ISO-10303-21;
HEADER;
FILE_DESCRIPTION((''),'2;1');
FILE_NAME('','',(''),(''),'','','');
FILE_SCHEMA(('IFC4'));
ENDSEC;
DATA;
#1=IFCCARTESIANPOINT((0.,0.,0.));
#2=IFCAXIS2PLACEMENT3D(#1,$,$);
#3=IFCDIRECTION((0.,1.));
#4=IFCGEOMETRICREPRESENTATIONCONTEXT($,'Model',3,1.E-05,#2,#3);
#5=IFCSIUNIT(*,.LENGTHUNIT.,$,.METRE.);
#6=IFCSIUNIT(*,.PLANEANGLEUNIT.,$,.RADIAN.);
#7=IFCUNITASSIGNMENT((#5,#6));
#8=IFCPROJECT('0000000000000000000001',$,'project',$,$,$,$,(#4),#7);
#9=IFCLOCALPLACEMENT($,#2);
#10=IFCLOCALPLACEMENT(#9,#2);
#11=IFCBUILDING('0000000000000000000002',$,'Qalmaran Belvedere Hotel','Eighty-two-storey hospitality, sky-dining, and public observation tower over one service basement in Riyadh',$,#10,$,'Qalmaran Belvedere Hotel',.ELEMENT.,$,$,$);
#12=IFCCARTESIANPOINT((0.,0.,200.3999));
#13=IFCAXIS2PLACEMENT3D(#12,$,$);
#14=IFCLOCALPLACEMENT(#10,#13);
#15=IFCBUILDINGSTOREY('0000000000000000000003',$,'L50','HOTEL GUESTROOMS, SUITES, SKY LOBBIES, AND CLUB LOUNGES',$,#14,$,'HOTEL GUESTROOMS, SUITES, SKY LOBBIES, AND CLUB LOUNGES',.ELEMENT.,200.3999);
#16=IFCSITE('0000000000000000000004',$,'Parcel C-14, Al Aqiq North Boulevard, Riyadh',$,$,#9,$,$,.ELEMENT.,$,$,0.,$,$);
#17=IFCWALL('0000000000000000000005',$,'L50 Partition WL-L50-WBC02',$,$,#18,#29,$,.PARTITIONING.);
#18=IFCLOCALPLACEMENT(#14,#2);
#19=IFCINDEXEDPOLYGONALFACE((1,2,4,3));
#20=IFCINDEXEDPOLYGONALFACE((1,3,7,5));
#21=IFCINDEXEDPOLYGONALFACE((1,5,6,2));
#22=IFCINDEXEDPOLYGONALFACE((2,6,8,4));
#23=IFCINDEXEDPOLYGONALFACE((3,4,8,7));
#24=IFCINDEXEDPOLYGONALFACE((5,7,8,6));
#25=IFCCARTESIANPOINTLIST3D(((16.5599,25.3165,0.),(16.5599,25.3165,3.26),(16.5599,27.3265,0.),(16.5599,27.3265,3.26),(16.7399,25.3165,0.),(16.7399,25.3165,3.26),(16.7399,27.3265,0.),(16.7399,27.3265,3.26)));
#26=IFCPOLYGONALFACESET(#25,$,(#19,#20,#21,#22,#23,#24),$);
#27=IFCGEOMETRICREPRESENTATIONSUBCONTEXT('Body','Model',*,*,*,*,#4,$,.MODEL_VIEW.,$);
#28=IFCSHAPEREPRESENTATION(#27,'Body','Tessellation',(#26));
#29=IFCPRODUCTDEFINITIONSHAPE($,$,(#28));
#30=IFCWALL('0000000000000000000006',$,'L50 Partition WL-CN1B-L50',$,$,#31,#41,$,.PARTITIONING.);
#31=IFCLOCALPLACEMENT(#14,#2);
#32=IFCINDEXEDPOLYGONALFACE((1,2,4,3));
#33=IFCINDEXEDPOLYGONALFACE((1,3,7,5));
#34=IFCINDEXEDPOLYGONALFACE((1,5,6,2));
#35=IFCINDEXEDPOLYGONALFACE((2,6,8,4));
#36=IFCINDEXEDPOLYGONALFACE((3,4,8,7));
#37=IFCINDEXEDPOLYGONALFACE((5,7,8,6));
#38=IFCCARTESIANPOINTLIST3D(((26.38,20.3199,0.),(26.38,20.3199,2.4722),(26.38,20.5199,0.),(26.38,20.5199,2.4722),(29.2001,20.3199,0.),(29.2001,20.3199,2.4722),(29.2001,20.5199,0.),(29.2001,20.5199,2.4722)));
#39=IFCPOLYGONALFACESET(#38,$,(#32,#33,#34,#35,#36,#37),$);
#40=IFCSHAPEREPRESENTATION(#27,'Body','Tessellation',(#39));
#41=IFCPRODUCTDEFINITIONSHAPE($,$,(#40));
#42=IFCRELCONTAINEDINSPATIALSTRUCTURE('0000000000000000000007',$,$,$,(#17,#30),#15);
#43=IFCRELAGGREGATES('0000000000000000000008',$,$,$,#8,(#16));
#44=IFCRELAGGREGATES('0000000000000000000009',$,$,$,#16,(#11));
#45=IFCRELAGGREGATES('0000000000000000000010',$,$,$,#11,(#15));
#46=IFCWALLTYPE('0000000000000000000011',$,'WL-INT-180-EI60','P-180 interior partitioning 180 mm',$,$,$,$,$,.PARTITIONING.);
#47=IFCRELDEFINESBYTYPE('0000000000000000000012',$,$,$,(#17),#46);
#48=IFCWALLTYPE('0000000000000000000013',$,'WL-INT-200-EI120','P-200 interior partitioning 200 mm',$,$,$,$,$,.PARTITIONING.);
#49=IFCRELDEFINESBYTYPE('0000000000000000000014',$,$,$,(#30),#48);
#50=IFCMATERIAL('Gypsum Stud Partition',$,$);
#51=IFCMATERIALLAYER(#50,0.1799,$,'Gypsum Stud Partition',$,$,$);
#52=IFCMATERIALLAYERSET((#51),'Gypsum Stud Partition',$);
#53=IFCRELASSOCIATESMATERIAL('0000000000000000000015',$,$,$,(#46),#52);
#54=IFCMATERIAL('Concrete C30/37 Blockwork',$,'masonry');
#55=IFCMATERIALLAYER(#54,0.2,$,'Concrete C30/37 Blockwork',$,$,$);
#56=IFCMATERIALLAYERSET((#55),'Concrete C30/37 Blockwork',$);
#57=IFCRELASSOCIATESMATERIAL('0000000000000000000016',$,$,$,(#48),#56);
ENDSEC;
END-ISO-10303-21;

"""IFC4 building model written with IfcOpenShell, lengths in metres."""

from ifc_helpers import new_model, si_unit, direction, frame, frame_2d, origin, place, context, subcontext, project, spatial, rectangle, extrude, material, layer, layer_set, type_object, element, save


model = new_model("IFC4")

# Units and contexts
model_context = context("Model", 3, precision=1e-05, world=origin(), true_north=direction((0.0, 1.0)))
body_context = subcontext(model_context, "Body", "Model", "MODEL_VIEW")
ifc_project = project(units=[si_unit("LENGTHUNIT", "METRE"), si_unit("PLANEANGLEUNIT", "RADIAN")], contexts=[model_context])

# Site, building, storey
site_placement = place(None, origin())
site = spatial("IfcSite", under=ifc_project, at=site_placement, Name="Parcel C-14, Al Aqiq North Boulevard, Riyadh", CompositionType="ELEMENT", RefElevation=0.0)
building_placement = place(site_placement, origin())
building = spatial("IfcBuilding", under=site, at=building_placement, Name="Qalmaran Belvedere Hotel", Description="Eighty-two-storey hospitality, sky-dining, and public observation tower over one service basement in Riyadh", LongName="Qalmaran Belvedere Hotel", CompositionType="ELEMENT")
storey_placement = place(building_placement, frame((0.0, 0.0, 200.3999)))
storey = spatial("IfcBuildingStorey", under=building, at=storey_placement, Name="L50", Description="HOTEL GUESTROOMS, SUITES, SKY LOBBIES, AND CLUB LOUNGES", LongName="HOTEL GUESTROOMS, SUITES, SKY LOBBIES, AND CLUB LOUNGES", CompositionType="ELEMENT", Elevation=200.3999)

# Shared definitions
ifc_material_1 = material(Name="Gypsum Stud Partition")

# Shared definitions
ifc_layer_1 = layer(ifc_material_1, 0.1799, Name="Gypsum Stud Partition")
ifc_layer_set_1 = layer_set([ifc_layer_1], Name="Gypsum Stud Partition")
wall_type_1 = type_object("IfcWallType", Name="WL-INT-180-EI60", Description="P-180 interior partitioning 180 mm", PredefinedType="PARTITIONING", material=ifc_layer_set_1)

# Wall
wall_1_placement = place(storey_placement, frame((16.6499, 25.3167, 0.0), z_axis=(0.0, 0.0, 1.0), x_axis=(0.0, 1.0, 0.0)))
element("IfcWall", 1, at=wall_1_placement, inside=storey, type_object=wall_type_1, Name="L50 Partition WL-L50-WBC02", PredefinedType="PARTITIONING", context=body_context, shape_type="SweptSolid", body=[
    extrude(rectangle(XDim=2.01, YDim=0.1799, at=frame_2d((1.0049, 0.0))), origin(), (0.0, 0.0, 1.0), 3.26),
])

# Shared definitions
ifc_material_2 = material(Name="Concrete C30/37 Blockwork", Category="masonry")
ifc_layer_2 = layer(ifc_material_2, 0.2, Name="Concrete C30/37 Blockwork")
ifc_layer_set_2 = layer_set([ifc_layer_2], Name="Concrete C30/37 Blockwork")
wall_type_2 = type_object("IfcWallType", Name="WL-INT-200-EI120", Description="P-200 interior partitioning 200 mm", PredefinedType="PARTITIONING", material=ifc_layer_set_2)

# Wall
wall_2_placement = place(storey_placement, frame((26.3799, 20.4199, 0.0), z_axis=(0.0, 0.0, 1.0), x_axis=(1.0, 0.0, 0.0)))
element("IfcWall", 2, at=wall_2_placement, inside=storey, type_object=wall_type_2, Name="L50 Partition WL-CN1B-L50", PredefinedType="PARTITIONING", context=body_context, shape_type="SweptSolid", body=[
    extrude(rectangle(XDim=2.8201, YDim=0.2, at=frame_2d((1.4102, 0.0))), origin(), (0.0, 0.0, 1.0), 2.4722),
])

save(model, "model.ifc")
